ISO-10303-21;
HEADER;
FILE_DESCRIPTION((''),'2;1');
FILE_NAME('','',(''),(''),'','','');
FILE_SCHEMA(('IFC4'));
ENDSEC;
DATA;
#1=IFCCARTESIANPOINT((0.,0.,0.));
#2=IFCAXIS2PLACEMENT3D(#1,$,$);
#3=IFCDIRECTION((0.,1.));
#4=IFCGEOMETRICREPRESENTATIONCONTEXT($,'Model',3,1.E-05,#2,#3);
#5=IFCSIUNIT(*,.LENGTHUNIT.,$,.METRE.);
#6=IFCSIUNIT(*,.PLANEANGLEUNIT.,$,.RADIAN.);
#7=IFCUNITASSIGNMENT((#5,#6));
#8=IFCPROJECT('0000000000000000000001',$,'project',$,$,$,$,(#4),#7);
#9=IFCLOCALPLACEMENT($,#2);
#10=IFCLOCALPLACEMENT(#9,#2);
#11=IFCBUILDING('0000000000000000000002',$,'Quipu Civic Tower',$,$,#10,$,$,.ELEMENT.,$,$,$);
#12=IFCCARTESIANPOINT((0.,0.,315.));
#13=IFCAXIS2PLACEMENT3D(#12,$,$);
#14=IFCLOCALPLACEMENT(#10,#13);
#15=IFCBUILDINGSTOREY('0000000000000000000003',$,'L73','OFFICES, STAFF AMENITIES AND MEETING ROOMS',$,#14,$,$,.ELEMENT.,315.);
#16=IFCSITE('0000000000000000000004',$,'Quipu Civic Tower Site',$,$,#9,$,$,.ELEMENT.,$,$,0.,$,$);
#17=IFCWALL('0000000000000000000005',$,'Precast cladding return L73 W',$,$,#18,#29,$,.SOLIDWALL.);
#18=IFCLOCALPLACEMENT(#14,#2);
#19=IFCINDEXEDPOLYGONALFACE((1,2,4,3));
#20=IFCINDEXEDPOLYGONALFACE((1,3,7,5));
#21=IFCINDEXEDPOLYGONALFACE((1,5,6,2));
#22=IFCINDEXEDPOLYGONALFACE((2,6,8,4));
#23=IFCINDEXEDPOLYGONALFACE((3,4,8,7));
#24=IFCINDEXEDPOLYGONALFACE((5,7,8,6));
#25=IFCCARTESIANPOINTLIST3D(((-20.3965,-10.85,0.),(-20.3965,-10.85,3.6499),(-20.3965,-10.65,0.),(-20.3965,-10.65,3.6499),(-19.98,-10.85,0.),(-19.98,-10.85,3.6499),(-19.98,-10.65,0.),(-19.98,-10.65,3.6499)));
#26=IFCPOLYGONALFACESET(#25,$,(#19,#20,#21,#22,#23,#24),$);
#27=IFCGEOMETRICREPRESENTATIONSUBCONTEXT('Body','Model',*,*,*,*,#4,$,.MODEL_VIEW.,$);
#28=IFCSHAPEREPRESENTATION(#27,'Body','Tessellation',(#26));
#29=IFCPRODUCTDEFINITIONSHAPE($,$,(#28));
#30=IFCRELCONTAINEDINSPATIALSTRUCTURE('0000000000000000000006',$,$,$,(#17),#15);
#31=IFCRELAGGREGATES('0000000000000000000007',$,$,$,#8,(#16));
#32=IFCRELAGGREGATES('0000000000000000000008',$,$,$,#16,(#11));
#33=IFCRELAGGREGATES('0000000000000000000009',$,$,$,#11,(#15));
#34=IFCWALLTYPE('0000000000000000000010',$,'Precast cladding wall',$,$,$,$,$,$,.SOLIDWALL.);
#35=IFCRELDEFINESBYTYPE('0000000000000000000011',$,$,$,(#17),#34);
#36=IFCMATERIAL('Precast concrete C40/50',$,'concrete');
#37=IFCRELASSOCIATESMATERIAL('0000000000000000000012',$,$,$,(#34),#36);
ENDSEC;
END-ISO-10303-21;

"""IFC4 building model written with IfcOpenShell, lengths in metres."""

from ifc_helpers import new_model, si_unit, direction, frame, frame_2d, origin, place, context, subcontext, project, spatial, rectangle, extrude, material, type_object, element, save


model = new_model("IFC4")

# Units and contexts
model_context = context("Model", 3, precision=1e-05, world=origin(), true_north=direction((0.0, 1.0)))
body_context = subcontext(model_context, "Body", "Model", "MODEL_VIEW")
ifc_project = project(units=[si_unit("LENGTHUNIT", "METRE"), si_unit("PLANEANGLEUNIT", "RADIAN")], contexts=[model_context])

# Site, building, storey
site_placement = place(None, origin())
site = spatial("IfcSite", under=ifc_project, at=site_placement, Name="Quipu Civic Tower Site", CompositionType="ELEMENT", RefElevation=0.0)
building_placement = place(site_placement, origin())
building = spatial("IfcBuilding", under=site, at=building_placement, Name="Quipu Civic Tower", CompositionType="ELEMENT")
storey_placement = place(building_placement, frame((0.0, 0.0, 315.0)))
storey = spatial("IfcBuildingStorey", under=building, at=storey_placement, Name="L73", Description="OFFICES, STAFF AMENITIES AND MEETING ROOMS", CompositionType="ELEMENT", Elevation=315.0)

# Wall
ifc_material_1 = material(Name="Precast concrete C40/50", Category="concrete")
wall_type_1 = type_object("IfcWallType", Name="Precast cladding wall", PredefinedType="SOLIDWALL", material=ifc_material_1)
wall_1_placement = place(storey_placement, frame((-19.98, -10.75, 0.0), z_axis=(0.0, 0.0, 1.0), x_axis=(-1.0, 0.0, 0.0)))
element("IfcWall", 1, at=wall_1_placement, inside=storey, type_object=wall_type_1, Name="Precast cladding return L73 W", PredefinedType="SOLIDWALL", context=body_context, shape_type="SweptSolid", body=[
    extrude(rectangle(XDim=0.4165, YDim=0.2, at=frame_2d((0.2083, 0.0))), origin(), (0.0, 0.0, 1.0), 3.6499),
])

save(model, "model.ifc")
